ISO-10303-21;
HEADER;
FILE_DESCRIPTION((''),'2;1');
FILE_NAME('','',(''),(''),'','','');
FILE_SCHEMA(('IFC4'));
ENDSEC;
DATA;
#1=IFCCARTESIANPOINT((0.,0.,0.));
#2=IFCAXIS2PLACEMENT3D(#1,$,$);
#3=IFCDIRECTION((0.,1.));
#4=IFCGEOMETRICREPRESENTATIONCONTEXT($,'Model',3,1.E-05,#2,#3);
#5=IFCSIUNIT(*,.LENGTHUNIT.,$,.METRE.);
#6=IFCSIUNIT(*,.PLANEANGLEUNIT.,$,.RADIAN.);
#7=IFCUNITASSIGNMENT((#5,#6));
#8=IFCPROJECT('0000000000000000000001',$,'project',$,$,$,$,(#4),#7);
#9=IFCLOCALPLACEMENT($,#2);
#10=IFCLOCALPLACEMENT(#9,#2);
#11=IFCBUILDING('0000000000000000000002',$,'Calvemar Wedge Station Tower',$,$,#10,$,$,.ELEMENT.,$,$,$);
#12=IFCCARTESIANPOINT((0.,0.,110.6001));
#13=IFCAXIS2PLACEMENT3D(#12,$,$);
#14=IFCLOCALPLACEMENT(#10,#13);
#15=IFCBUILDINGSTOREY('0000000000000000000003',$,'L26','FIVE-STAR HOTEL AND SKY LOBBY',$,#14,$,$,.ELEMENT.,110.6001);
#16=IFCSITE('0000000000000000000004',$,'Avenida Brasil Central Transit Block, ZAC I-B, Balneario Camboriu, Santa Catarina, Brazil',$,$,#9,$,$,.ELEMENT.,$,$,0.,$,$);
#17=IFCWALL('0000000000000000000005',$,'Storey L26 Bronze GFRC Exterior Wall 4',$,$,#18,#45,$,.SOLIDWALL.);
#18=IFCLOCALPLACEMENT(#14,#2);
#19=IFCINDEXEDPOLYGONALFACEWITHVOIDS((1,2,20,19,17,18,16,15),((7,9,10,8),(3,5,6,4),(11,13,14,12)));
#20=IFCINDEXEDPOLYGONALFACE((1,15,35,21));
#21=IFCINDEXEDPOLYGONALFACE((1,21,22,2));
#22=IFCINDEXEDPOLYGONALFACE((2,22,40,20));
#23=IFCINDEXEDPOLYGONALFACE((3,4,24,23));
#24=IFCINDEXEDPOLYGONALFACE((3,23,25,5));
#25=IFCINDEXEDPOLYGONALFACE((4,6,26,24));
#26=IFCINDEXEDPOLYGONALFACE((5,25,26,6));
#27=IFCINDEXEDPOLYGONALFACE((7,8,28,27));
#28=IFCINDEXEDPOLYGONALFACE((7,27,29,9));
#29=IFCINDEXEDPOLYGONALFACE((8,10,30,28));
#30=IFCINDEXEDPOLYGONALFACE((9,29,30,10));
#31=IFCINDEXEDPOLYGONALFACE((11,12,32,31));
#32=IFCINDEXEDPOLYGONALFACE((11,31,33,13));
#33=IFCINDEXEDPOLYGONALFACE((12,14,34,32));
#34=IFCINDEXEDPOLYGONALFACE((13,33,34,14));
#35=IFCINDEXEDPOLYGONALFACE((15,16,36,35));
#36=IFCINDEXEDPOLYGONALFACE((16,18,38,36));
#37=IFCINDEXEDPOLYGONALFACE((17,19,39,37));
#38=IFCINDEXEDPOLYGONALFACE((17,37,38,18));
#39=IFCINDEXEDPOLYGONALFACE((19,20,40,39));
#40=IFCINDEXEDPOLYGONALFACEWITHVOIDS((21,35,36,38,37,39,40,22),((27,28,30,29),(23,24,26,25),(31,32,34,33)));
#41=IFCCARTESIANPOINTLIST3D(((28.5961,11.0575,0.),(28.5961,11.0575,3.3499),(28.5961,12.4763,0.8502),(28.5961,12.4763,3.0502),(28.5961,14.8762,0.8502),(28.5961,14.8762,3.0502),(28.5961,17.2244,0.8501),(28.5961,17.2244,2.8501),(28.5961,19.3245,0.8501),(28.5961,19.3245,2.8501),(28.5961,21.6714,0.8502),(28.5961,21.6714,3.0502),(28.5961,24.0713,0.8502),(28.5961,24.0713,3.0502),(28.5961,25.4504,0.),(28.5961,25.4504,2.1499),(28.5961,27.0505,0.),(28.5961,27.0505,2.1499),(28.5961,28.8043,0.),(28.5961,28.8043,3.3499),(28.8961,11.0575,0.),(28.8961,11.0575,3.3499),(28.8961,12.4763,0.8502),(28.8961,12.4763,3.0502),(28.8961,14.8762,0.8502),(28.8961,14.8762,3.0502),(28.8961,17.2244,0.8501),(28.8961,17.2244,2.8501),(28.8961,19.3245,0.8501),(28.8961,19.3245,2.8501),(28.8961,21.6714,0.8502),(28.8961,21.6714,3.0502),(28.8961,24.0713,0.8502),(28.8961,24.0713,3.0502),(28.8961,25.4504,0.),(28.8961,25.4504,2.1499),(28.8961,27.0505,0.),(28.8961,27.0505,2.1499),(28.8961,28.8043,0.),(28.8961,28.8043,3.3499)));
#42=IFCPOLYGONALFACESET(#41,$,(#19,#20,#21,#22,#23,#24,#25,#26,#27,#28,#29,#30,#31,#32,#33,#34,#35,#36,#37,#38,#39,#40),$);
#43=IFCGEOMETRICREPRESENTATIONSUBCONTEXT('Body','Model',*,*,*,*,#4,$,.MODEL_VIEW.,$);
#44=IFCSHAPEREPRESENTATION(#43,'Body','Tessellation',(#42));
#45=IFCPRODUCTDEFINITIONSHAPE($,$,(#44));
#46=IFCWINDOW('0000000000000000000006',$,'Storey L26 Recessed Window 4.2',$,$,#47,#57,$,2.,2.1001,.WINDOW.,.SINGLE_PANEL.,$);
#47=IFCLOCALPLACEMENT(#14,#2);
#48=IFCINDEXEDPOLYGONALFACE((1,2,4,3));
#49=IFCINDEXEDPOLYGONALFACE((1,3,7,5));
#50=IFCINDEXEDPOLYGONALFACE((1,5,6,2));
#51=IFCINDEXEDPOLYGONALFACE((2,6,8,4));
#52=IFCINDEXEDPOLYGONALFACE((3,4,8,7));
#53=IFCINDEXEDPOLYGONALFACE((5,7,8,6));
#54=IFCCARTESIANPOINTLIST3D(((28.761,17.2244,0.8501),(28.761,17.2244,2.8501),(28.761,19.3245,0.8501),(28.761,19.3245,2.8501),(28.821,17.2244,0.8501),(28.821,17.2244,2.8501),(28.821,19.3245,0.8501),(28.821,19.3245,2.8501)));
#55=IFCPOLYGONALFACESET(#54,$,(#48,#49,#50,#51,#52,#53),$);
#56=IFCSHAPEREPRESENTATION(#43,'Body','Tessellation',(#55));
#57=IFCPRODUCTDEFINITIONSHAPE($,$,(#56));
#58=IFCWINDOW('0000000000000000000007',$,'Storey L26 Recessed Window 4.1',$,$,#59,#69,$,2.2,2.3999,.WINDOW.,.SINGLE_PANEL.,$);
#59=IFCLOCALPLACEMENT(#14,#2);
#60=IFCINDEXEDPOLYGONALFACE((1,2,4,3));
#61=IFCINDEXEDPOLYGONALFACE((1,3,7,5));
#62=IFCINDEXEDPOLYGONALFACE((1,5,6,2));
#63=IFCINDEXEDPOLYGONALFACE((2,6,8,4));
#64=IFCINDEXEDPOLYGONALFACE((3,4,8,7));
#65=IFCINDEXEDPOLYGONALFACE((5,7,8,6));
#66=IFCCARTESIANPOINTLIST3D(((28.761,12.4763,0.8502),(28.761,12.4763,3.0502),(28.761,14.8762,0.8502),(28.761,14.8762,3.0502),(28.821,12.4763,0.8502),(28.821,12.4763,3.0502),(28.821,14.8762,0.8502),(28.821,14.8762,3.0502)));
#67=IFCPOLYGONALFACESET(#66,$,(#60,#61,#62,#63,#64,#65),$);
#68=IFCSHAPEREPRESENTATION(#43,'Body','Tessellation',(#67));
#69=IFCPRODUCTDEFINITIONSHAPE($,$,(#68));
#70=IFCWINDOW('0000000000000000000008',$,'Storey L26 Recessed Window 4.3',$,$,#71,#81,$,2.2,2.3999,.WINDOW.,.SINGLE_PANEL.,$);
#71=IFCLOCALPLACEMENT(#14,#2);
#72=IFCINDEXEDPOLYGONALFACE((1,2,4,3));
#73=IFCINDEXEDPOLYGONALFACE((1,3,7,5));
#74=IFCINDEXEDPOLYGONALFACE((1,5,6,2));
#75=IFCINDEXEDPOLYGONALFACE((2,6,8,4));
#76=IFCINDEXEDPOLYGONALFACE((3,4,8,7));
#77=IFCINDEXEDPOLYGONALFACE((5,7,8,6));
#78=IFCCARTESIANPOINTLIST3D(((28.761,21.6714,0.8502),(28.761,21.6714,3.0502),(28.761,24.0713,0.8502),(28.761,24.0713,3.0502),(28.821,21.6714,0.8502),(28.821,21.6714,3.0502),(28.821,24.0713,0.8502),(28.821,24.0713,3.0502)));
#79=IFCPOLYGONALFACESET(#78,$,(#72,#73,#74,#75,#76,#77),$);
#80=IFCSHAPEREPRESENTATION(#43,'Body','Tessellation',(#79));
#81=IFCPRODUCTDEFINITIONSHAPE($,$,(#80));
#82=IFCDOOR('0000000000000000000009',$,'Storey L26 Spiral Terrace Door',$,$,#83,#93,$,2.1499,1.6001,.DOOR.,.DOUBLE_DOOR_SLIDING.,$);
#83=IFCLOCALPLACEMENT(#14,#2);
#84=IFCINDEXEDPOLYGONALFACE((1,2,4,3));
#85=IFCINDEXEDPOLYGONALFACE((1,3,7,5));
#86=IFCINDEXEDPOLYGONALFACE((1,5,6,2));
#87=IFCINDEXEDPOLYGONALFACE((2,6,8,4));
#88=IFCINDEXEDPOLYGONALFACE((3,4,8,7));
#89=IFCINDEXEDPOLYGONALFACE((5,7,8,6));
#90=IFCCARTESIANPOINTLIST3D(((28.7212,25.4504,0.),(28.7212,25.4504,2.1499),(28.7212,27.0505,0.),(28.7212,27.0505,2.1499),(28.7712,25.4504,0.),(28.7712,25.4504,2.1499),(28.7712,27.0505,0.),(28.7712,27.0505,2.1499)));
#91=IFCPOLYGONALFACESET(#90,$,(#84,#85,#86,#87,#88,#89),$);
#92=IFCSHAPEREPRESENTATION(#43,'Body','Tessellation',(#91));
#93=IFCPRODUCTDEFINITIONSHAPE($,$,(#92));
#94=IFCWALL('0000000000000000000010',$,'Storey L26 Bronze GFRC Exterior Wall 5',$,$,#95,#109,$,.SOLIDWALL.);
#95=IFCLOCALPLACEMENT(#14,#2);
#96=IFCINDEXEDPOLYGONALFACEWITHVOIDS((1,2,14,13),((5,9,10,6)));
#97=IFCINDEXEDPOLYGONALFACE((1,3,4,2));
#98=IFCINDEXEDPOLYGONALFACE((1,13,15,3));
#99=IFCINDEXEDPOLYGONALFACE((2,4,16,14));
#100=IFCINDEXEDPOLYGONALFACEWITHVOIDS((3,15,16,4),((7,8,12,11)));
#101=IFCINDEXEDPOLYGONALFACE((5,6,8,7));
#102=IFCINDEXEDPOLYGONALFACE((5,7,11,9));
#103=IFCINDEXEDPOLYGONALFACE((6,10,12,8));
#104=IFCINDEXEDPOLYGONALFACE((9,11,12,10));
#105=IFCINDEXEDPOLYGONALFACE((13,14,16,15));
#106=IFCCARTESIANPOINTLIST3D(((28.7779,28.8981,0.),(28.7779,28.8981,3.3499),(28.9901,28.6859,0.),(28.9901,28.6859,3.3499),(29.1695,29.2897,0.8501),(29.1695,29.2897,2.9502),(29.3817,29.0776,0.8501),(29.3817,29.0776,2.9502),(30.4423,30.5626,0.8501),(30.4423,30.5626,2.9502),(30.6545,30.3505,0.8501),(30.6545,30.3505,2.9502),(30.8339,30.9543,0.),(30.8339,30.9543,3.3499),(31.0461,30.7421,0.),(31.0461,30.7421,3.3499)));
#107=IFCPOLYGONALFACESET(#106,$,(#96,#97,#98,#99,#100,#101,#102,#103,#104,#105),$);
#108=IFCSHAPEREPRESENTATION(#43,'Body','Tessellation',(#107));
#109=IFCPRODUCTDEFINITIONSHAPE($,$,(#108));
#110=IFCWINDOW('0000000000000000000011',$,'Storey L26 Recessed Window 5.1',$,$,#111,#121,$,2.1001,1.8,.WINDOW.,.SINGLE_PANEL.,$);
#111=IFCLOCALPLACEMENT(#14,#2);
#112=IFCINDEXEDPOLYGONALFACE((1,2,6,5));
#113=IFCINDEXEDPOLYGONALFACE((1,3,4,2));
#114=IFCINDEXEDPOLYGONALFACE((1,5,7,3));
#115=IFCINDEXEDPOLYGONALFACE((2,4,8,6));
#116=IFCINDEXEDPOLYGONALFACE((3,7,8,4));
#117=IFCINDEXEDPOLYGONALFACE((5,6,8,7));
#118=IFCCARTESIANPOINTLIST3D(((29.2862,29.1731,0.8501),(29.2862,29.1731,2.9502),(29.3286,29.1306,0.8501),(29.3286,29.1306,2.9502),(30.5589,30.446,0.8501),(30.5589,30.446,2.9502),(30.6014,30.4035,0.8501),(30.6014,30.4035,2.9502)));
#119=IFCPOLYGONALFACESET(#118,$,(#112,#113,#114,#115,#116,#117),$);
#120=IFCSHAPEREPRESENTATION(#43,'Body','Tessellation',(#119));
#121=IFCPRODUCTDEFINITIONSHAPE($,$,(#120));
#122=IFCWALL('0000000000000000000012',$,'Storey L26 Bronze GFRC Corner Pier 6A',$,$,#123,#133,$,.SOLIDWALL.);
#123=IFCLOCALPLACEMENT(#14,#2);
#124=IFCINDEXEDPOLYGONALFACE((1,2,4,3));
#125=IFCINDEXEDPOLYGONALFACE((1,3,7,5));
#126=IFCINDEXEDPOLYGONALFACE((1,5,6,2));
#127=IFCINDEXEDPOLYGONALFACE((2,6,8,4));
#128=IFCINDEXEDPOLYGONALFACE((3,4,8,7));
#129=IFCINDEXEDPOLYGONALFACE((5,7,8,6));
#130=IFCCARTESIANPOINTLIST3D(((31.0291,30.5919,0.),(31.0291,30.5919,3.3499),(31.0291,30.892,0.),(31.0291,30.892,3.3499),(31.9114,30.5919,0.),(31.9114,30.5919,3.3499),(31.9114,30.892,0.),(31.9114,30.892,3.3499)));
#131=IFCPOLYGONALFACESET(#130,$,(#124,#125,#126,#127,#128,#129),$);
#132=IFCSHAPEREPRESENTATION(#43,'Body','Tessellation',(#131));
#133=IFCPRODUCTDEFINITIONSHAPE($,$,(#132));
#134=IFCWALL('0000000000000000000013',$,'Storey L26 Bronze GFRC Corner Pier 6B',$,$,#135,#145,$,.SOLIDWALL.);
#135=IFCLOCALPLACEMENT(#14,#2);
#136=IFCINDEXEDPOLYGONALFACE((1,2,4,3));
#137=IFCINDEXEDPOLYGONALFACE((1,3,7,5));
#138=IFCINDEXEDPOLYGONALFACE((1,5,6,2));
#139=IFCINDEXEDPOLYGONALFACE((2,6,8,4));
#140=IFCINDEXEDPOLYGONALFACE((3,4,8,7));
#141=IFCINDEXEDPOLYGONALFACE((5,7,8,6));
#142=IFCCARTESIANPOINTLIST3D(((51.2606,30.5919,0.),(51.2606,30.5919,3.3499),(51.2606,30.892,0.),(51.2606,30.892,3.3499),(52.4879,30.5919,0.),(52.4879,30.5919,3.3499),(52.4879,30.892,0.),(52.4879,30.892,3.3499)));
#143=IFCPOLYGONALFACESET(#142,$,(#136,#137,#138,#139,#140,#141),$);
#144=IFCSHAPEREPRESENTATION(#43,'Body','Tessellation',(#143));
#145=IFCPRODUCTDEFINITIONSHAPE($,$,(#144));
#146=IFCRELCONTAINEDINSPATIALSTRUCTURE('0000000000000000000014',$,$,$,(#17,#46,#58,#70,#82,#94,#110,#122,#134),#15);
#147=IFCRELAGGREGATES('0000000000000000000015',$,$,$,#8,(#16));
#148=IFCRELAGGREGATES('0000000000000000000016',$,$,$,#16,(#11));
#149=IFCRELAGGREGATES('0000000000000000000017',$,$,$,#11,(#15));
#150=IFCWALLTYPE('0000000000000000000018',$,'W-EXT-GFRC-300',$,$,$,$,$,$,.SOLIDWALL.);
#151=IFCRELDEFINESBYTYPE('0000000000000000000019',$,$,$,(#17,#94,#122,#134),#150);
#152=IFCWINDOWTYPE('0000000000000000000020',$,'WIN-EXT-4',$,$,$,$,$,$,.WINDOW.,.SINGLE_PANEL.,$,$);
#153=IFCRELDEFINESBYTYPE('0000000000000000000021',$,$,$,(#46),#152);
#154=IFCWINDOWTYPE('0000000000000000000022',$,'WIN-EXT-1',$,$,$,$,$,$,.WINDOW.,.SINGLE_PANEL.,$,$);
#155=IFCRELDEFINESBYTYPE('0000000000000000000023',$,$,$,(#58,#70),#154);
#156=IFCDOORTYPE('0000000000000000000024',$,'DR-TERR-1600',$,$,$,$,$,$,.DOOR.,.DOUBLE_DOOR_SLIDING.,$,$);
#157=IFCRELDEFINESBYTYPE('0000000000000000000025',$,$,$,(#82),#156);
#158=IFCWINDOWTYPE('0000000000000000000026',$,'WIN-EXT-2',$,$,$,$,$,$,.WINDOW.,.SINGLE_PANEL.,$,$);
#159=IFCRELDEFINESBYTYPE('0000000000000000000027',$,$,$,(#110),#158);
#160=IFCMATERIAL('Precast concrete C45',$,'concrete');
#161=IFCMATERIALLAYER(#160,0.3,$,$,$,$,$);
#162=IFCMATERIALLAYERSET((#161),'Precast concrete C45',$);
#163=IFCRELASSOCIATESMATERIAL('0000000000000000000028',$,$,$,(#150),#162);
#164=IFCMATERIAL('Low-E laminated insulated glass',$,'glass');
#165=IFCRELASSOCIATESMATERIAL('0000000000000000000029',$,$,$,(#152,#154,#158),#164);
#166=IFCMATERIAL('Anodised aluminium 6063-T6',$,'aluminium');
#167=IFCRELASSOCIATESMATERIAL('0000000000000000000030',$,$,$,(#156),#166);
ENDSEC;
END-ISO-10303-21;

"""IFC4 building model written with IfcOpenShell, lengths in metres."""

from ifc_helpers import new_model, si_unit, direction, frame, frame_2d, origin, place, context, subcontext, project, spatial, rectangle, extrude, source, transform, mapped, material, layer, layer_set, type_object, element, fill, save


model = new_model("IFC4")

# Units and contexts
model_context = context("Model", 3, precision=1e-05, world=origin(), true_north=direction((0.0, 1.0)))
body_context = subcontext(model_context, "Body", "Model", "MODEL_VIEW")
ifc_project = project(units=[si_unit("LENGTHUNIT", "METRE"), si_unit("PLANEANGLEUNIT", "RADIAN")], contexts=[model_context])

# Site, building, storey
site_placement = place(None, origin())
site = spatial("IfcSite", under=ifc_project, at=site_placement, Name="Avenida Brasil Central Transit Block, ZAC I-B, Balneario Camboriu, Santa Catarina, Brazil", CompositionType="ELEMENT", RefElevation=0.0)
building_placement = place(site_placement, origin())
building = spatial("IfcBuilding", under=site, at=building_placement, Name="Calvemar Wedge Station Tower", CompositionType="ELEMENT")
storey_placement = place(building_placement, frame((0.0, 0.0, 110.6001)))
storey = spatial("IfcBuildingStorey", under=building, at=storey_placement, Name="L26", Description="FIVE-STAR HOTEL AND SKY LOBBY", CompositionType="ELEMENT", Elevation=110.6001)

# Shared definitions
ifc_material_1 = material(Name="Anodised aluminium 6063-T6", Category="aluminium")
ifc_material_2 = material(Name="Low-E laminated insulated glass", Category="glass")

# Wall, openings, windows, door
ifc_material_3 = material(Name="Precast concrete C45", Category="concrete")
ifc_layer_1 = layer(ifc_material_3, 0.3)
ifc_layer_set_1 = layer_set([ifc_layer_1], Name="Precast concrete C45")
wall_type = type_object("IfcWallType", Name="W-EXT-GFRC-300", PredefinedType="SOLIDWALL", material=ifc_layer_set_1)
wall_1_placement = place(storey_placement, frame((28.7461, 11.0574, 0.0), z_axis=(0.0, 0.0, 1.0), x_axis=(0.0, 1.0, 0.0)))
wall_1 = element("IfcWall", 1, at=wall_1_placement, inside=storey, type_object=wall_type, Name="Storey L26 Bronze GFRC Exterior Wall 4", PredefinedType="SOLIDWALL", context=body_context, shape_type="SweptSolid", body=[
    extrude(rectangle(XDim=17.7468, YDim=0.3, at=frame_2d((8.8735, 0.0))), origin(), (0.0, 0.0, 1.0), 3.3499),
])
shared_shape_1 = source(origin(), body_context, "Body", "SweptSolid", [
    extrude(rectangle(XDim=1.6001, YDim=2.1499, at=frame_2d((0.8, 1.075))), frame((0.0, 0.1602, 0.0), z_axis=(0.0, -1.0, 0.0), x_axis=(1.0, 0.0, 0.0)), (0.0, 0.0, 1.0), 0.3201),
])
opening_1_placement = place(wall_1_placement, frame((14.3931, 0.0, 0.0)))
opening_1 = element("IfcOpeningElement", 2, at=opening_1_placement, cuts=wall_1, PredefinedType="OPENING", context=body_context, shape_type="MappedRepresentation", body=[
    mapped(shared_shape_1, transform((0.0, 0.0, 0.0), scale=1.0)),
])
shared_shape_2 = source(origin(), body_context, "Body", "SweptSolid", [
    extrude(rectangle(XDim=2.3999, YDim=2.2, at=frame_2d((1.2, 1.1001))), frame((0.0, 0.1602, 0.0), z_axis=(0.0, -1.0, 0.0), x_axis=(1.0, 0.0, 0.0)), (0.0, 0.0, 1.0), 0.3201),
])
opening_2_placement = place(wall_1_placement, frame((1.4189, 0.0, 0.8501)))
opening_2 = element("IfcOpeningElement", 3, at=opening_2_placement, cuts=wall_1, PredefinedType="OPENING", context=body_context, shape_type="MappedRepresentation", body=[
    mapped(shared_shape_2, transform((0.0, 0.0, 0.0), scale=1.0)),
])
shared_shape_3 = source(origin(), body_context, "Body", "SweptSolid", [
    extrude(rectangle(XDim=2.1001, YDim=2.0, at=frame_2d((1.05, 1.0))), frame((0.0, 0.1602, 0.0), z_axis=(0.0, -1.0, 0.0), x_axis=(1.0, 0.0, 0.0)), (0.0, 0.0, 1.0), 0.3201),
])
opening_3_placement = place(wall_1_placement, frame((6.167, 0.0, 0.8501)))
opening_3 = element("IfcOpeningElement", 4, at=opening_3_placement, cuts=wall_1, PredefinedType="OPENING", context=body_context, shape_type="MappedRepresentation", body=[
    mapped(shared_shape_3, transform((0.0, 0.0, 0.0), scale=1.0)),
])
opening_4_placement = place(wall_1_placement, frame((10.614, 0.0, 0.8501)))
opening_4 = element("IfcOpeningElement", 5, at=opening_4_placement, cuts=wall_1, PredefinedType="OPENING", context=body_context, shape_type="MappedRepresentation", body=[
    mapped(shared_shape_2, transform((0.0, 0.0, 0.0), scale=1.0)),
])
window_type_1 = type_object("IfcWindowType", Name="WIN-EXT-4", PartitioningType="SINGLE_PANEL", PredefinedType="WINDOW", material=ifc_material_2)
shared_shape_4 = source(origin(), body_context, "Body", "SweptSolid", [
    extrude(rectangle(XDim=2.1001, YDim=2.0, at=frame_2d((1.05, 1.0))), frame((0.0, -0.0149, 0.0), z_axis=(0.0, -1.0, 0.0), x_axis=(1.0, 0.0, 0.0)), (0.0, 0.0, 1.0), 0.0601),
])
window_1_placement = place(opening_3_placement, origin())
window_1 = element("IfcWindow", 6, at=window_1_placement, inside=storey, type_object=window_type_1, Name="Storey L26 Recessed Window 4.2", OverallHeight=2.0, OverallWidth=2.1001, PartitioningType="SINGLE_PANEL", PredefinedType="WINDOW", context=body_context, shape_type="MappedRepresentation", body=[
    mapped(shared_shape_4, transform((0.0, 0.0, 0.0), scale=1.0)),
])
fill(opening_3, window_1)
window_type_2 = type_object("IfcWindowType", Name="WIN-EXT-1", PartitioningType="SINGLE_PANEL", PredefinedType="WINDOW", material=ifc_material_2)
shared_shape_5 = source(origin(), body_context, "Body", "SweptSolid", [
    extrude(rectangle(XDim=2.3999, YDim=2.2, at=frame_2d((1.2, 1.1001))), frame((0.0, -0.0149, 0.0), z_axis=(0.0, -1.0, 0.0), x_axis=(1.0, 0.0, 0.0)), (0.0, 0.0, 1.0), 0.0601),
])
window_2_placement = place(opening_2_placement, origin())
window_2 = element("IfcWindow", 7, at=window_2_placement, inside=storey, type_object=window_type_2, Name="Storey L26 Recessed Window 4.1", OverallHeight=2.2, OverallWidth=2.3999, PartitioningType="SINGLE_PANEL", PredefinedType="WINDOW", context=body_context, shape_type="MappedRepresentation", body=[
    mapped(shared_shape_5, transform((0.0, 0.0, 0.0), scale=1.0)),
])
fill(opening_2, window_2)
window_3_placement = place(opening_4_placement, origin())
window_3 = element("IfcWindow", 8, at=window_3_placement, inside=storey, type_object=window_type_2, Name="Storey L26 Recessed Window 4.3", OverallHeight=2.2, OverallWidth=2.3999, PartitioningType="SINGLE_PANEL", PredefinedType="WINDOW", context=body_context, shape_type="MappedRepresentation", body=[
    mapped(shared_shape_5, transform((0.0, 0.0, 0.0), scale=1.0)),
])
fill(opening_4, window_3)
door_type = type_object("IfcDoorType", Name="DR-TERR-1600", OperationType="DOUBLE_DOOR_SLIDING", PredefinedType="DOOR", material=ifc_material_1)
shared_shape_6 = source(origin(), body_context, "Body", "SweptSolid", [
    extrude(rectangle(XDim=1.6001, YDim=2.1499, at=frame_2d((0.8, 1.075))), frame((0.0, 0.0249, 0.0), z_axis=(0.0, -1.0, 0.0), x_axis=(1.0, 0.0, 0.0)), (0.0, 0.0, 1.0), 0.05),
])
door_placement = place(opening_1_placement, origin())
door = element("IfcDoor", 9, at=door_placement, inside=storey, type_object=door_type, Name="Storey L26 Spiral Terrace Door", OperationType="DOUBLE_DOOR_SLIDING", OverallHeight=2.1499, OverallWidth=1.6001, PredefinedType="DOOR", context=body_context, shape_type="MappedRepresentation", body=[
    mapped(shared_shape_6, transform((0.0, 0.0, 0.0), scale=1.0)),
])
fill(opening_1, door)

# Wall, opening, window
wall_2_placement = place(storey_placement, frame((28.884, 28.792, 0.0), z_axis=(0.0, 0.0, 1.0), x_axis=(0.707065, 0.707149, 0.0)))
wall_2 = element("IfcWall", 10, at=wall_2_placement, inside=storey, type_object=wall_type, Name="Storey L26 Bronze GFRC Exterior Wall 5", PredefinedType="SOLIDWALL", context=body_context, shape_type="SweptSolid", body=[
    extrude(rectangle(XDim=2.9077, YDim=0.3, at=frame_2d((1.4539, 0.0))), origin(), (0.0, 0.0, 1.0), 3.3499),
])
shared_shape_7 = source(origin(), body_context, "Body", "SweptSolid", [
    extrude(rectangle(XDim=1.8, YDim=2.1001, at=frame_2d((0.8999, 1.05))), frame((0.0, 0.1602, 0.0), z_axis=(0.0, -1.0, 0.0), x_axis=(1.0, 0.0, 0.0)), (0.0, 0.0, 1.0), 0.3201),
])
opening_5_placement = place(wall_2_placement, frame((0.554, 0.0, 0.8501)))
opening_5 = element("IfcOpeningElement", 11, at=opening_5_placement, cuts=wall_2, PredefinedType="OPENING", context=body_context, shape_type="MappedRepresentation", body=[
    mapped(shared_shape_7, transform((0.0, 0.0, 0.0), scale=1.0)),
])
window_type_3 = type_object("IfcWindowType", Name="WIN-EXT-2", PartitioningType="SINGLE_PANEL", PredefinedType="WINDOW", material=ifc_material_2)
shared_shape_8 = source(origin(), body_context, "Body", "SweptSolid", [
    extrude(rectangle(XDim=1.8, YDim=2.1001, at=frame_2d((0.8999, 1.05))), frame((0.0, -0.0149, 0.0), z_axis=(0.0, -1.0, 0.0), x_axis=(1.0, 0.0, 0.0)), (0.0, 0.0, 1.0), 0.0601),
])
window_4_placement = place(opening_5_placement, origin())
window_4 = element("IfcWindow", 12, at=window_4_placement, inside=storey, type_object=window_type_3, Name="Storey L26 Recessed Window 5.1", OverallHeight=2.1001, OverallWidth=1.8, PartitioningType="SINGLE_PANEL", PredefinedType="WINDOW", context=body_context, shape_type="MappedRepresentation", body=[
    mapped(shared_shape_8, transform((0.0, 0.0, 0.0), scale=1.0)),
])
fill(opening_5, window_4)

# Walls
wall_3_placement = place(storey_placement, frame((31.0291, 30.7419, 0.0), z_axis=(0.0, 0.0, 1.0), x_axis=(1.0, 0.0, 0.0)))
element("IfcWall", 13, at=wall_3_placement, inside=storey, type_object=wall_type, Name="Storey L26 Bronze GFRC Corner Pier 6A", PredefinedType="SOLIDWALL", context=body_context, shape_type="SweptSolid", body=[
    extrude(rectangle(XDim=0.8823, YDim=0.3, at=frame_2d((0.4412, 0.0))), origin(), (0.0, 0.0, 1.0), 3.3499),
])
wall_4_placement = place(storey_placement, frame((51.2605, 30.7419, 0.0), z_axis=(0.0, 0.0, 1.0), x_axis=(1.0, 0.0, 0.0)))
element("IfcWall", 14, at=wall_4_placement, inside=storey, type_object=wall_type, Name="Storey L26 Bronze GFRC Corner Pier 6B", PredefinedType="SOLIDWALL", context=body_context, shape_type="SweptSolid", body=[
    extrude(rectangle(XDim=1.2273, YDim=0.3, at=frame_2d((0.6138, 0.0))), origin(), (0.0, 0.0, 1.0), 3.3499),
])

save(model, "model.ifc")
